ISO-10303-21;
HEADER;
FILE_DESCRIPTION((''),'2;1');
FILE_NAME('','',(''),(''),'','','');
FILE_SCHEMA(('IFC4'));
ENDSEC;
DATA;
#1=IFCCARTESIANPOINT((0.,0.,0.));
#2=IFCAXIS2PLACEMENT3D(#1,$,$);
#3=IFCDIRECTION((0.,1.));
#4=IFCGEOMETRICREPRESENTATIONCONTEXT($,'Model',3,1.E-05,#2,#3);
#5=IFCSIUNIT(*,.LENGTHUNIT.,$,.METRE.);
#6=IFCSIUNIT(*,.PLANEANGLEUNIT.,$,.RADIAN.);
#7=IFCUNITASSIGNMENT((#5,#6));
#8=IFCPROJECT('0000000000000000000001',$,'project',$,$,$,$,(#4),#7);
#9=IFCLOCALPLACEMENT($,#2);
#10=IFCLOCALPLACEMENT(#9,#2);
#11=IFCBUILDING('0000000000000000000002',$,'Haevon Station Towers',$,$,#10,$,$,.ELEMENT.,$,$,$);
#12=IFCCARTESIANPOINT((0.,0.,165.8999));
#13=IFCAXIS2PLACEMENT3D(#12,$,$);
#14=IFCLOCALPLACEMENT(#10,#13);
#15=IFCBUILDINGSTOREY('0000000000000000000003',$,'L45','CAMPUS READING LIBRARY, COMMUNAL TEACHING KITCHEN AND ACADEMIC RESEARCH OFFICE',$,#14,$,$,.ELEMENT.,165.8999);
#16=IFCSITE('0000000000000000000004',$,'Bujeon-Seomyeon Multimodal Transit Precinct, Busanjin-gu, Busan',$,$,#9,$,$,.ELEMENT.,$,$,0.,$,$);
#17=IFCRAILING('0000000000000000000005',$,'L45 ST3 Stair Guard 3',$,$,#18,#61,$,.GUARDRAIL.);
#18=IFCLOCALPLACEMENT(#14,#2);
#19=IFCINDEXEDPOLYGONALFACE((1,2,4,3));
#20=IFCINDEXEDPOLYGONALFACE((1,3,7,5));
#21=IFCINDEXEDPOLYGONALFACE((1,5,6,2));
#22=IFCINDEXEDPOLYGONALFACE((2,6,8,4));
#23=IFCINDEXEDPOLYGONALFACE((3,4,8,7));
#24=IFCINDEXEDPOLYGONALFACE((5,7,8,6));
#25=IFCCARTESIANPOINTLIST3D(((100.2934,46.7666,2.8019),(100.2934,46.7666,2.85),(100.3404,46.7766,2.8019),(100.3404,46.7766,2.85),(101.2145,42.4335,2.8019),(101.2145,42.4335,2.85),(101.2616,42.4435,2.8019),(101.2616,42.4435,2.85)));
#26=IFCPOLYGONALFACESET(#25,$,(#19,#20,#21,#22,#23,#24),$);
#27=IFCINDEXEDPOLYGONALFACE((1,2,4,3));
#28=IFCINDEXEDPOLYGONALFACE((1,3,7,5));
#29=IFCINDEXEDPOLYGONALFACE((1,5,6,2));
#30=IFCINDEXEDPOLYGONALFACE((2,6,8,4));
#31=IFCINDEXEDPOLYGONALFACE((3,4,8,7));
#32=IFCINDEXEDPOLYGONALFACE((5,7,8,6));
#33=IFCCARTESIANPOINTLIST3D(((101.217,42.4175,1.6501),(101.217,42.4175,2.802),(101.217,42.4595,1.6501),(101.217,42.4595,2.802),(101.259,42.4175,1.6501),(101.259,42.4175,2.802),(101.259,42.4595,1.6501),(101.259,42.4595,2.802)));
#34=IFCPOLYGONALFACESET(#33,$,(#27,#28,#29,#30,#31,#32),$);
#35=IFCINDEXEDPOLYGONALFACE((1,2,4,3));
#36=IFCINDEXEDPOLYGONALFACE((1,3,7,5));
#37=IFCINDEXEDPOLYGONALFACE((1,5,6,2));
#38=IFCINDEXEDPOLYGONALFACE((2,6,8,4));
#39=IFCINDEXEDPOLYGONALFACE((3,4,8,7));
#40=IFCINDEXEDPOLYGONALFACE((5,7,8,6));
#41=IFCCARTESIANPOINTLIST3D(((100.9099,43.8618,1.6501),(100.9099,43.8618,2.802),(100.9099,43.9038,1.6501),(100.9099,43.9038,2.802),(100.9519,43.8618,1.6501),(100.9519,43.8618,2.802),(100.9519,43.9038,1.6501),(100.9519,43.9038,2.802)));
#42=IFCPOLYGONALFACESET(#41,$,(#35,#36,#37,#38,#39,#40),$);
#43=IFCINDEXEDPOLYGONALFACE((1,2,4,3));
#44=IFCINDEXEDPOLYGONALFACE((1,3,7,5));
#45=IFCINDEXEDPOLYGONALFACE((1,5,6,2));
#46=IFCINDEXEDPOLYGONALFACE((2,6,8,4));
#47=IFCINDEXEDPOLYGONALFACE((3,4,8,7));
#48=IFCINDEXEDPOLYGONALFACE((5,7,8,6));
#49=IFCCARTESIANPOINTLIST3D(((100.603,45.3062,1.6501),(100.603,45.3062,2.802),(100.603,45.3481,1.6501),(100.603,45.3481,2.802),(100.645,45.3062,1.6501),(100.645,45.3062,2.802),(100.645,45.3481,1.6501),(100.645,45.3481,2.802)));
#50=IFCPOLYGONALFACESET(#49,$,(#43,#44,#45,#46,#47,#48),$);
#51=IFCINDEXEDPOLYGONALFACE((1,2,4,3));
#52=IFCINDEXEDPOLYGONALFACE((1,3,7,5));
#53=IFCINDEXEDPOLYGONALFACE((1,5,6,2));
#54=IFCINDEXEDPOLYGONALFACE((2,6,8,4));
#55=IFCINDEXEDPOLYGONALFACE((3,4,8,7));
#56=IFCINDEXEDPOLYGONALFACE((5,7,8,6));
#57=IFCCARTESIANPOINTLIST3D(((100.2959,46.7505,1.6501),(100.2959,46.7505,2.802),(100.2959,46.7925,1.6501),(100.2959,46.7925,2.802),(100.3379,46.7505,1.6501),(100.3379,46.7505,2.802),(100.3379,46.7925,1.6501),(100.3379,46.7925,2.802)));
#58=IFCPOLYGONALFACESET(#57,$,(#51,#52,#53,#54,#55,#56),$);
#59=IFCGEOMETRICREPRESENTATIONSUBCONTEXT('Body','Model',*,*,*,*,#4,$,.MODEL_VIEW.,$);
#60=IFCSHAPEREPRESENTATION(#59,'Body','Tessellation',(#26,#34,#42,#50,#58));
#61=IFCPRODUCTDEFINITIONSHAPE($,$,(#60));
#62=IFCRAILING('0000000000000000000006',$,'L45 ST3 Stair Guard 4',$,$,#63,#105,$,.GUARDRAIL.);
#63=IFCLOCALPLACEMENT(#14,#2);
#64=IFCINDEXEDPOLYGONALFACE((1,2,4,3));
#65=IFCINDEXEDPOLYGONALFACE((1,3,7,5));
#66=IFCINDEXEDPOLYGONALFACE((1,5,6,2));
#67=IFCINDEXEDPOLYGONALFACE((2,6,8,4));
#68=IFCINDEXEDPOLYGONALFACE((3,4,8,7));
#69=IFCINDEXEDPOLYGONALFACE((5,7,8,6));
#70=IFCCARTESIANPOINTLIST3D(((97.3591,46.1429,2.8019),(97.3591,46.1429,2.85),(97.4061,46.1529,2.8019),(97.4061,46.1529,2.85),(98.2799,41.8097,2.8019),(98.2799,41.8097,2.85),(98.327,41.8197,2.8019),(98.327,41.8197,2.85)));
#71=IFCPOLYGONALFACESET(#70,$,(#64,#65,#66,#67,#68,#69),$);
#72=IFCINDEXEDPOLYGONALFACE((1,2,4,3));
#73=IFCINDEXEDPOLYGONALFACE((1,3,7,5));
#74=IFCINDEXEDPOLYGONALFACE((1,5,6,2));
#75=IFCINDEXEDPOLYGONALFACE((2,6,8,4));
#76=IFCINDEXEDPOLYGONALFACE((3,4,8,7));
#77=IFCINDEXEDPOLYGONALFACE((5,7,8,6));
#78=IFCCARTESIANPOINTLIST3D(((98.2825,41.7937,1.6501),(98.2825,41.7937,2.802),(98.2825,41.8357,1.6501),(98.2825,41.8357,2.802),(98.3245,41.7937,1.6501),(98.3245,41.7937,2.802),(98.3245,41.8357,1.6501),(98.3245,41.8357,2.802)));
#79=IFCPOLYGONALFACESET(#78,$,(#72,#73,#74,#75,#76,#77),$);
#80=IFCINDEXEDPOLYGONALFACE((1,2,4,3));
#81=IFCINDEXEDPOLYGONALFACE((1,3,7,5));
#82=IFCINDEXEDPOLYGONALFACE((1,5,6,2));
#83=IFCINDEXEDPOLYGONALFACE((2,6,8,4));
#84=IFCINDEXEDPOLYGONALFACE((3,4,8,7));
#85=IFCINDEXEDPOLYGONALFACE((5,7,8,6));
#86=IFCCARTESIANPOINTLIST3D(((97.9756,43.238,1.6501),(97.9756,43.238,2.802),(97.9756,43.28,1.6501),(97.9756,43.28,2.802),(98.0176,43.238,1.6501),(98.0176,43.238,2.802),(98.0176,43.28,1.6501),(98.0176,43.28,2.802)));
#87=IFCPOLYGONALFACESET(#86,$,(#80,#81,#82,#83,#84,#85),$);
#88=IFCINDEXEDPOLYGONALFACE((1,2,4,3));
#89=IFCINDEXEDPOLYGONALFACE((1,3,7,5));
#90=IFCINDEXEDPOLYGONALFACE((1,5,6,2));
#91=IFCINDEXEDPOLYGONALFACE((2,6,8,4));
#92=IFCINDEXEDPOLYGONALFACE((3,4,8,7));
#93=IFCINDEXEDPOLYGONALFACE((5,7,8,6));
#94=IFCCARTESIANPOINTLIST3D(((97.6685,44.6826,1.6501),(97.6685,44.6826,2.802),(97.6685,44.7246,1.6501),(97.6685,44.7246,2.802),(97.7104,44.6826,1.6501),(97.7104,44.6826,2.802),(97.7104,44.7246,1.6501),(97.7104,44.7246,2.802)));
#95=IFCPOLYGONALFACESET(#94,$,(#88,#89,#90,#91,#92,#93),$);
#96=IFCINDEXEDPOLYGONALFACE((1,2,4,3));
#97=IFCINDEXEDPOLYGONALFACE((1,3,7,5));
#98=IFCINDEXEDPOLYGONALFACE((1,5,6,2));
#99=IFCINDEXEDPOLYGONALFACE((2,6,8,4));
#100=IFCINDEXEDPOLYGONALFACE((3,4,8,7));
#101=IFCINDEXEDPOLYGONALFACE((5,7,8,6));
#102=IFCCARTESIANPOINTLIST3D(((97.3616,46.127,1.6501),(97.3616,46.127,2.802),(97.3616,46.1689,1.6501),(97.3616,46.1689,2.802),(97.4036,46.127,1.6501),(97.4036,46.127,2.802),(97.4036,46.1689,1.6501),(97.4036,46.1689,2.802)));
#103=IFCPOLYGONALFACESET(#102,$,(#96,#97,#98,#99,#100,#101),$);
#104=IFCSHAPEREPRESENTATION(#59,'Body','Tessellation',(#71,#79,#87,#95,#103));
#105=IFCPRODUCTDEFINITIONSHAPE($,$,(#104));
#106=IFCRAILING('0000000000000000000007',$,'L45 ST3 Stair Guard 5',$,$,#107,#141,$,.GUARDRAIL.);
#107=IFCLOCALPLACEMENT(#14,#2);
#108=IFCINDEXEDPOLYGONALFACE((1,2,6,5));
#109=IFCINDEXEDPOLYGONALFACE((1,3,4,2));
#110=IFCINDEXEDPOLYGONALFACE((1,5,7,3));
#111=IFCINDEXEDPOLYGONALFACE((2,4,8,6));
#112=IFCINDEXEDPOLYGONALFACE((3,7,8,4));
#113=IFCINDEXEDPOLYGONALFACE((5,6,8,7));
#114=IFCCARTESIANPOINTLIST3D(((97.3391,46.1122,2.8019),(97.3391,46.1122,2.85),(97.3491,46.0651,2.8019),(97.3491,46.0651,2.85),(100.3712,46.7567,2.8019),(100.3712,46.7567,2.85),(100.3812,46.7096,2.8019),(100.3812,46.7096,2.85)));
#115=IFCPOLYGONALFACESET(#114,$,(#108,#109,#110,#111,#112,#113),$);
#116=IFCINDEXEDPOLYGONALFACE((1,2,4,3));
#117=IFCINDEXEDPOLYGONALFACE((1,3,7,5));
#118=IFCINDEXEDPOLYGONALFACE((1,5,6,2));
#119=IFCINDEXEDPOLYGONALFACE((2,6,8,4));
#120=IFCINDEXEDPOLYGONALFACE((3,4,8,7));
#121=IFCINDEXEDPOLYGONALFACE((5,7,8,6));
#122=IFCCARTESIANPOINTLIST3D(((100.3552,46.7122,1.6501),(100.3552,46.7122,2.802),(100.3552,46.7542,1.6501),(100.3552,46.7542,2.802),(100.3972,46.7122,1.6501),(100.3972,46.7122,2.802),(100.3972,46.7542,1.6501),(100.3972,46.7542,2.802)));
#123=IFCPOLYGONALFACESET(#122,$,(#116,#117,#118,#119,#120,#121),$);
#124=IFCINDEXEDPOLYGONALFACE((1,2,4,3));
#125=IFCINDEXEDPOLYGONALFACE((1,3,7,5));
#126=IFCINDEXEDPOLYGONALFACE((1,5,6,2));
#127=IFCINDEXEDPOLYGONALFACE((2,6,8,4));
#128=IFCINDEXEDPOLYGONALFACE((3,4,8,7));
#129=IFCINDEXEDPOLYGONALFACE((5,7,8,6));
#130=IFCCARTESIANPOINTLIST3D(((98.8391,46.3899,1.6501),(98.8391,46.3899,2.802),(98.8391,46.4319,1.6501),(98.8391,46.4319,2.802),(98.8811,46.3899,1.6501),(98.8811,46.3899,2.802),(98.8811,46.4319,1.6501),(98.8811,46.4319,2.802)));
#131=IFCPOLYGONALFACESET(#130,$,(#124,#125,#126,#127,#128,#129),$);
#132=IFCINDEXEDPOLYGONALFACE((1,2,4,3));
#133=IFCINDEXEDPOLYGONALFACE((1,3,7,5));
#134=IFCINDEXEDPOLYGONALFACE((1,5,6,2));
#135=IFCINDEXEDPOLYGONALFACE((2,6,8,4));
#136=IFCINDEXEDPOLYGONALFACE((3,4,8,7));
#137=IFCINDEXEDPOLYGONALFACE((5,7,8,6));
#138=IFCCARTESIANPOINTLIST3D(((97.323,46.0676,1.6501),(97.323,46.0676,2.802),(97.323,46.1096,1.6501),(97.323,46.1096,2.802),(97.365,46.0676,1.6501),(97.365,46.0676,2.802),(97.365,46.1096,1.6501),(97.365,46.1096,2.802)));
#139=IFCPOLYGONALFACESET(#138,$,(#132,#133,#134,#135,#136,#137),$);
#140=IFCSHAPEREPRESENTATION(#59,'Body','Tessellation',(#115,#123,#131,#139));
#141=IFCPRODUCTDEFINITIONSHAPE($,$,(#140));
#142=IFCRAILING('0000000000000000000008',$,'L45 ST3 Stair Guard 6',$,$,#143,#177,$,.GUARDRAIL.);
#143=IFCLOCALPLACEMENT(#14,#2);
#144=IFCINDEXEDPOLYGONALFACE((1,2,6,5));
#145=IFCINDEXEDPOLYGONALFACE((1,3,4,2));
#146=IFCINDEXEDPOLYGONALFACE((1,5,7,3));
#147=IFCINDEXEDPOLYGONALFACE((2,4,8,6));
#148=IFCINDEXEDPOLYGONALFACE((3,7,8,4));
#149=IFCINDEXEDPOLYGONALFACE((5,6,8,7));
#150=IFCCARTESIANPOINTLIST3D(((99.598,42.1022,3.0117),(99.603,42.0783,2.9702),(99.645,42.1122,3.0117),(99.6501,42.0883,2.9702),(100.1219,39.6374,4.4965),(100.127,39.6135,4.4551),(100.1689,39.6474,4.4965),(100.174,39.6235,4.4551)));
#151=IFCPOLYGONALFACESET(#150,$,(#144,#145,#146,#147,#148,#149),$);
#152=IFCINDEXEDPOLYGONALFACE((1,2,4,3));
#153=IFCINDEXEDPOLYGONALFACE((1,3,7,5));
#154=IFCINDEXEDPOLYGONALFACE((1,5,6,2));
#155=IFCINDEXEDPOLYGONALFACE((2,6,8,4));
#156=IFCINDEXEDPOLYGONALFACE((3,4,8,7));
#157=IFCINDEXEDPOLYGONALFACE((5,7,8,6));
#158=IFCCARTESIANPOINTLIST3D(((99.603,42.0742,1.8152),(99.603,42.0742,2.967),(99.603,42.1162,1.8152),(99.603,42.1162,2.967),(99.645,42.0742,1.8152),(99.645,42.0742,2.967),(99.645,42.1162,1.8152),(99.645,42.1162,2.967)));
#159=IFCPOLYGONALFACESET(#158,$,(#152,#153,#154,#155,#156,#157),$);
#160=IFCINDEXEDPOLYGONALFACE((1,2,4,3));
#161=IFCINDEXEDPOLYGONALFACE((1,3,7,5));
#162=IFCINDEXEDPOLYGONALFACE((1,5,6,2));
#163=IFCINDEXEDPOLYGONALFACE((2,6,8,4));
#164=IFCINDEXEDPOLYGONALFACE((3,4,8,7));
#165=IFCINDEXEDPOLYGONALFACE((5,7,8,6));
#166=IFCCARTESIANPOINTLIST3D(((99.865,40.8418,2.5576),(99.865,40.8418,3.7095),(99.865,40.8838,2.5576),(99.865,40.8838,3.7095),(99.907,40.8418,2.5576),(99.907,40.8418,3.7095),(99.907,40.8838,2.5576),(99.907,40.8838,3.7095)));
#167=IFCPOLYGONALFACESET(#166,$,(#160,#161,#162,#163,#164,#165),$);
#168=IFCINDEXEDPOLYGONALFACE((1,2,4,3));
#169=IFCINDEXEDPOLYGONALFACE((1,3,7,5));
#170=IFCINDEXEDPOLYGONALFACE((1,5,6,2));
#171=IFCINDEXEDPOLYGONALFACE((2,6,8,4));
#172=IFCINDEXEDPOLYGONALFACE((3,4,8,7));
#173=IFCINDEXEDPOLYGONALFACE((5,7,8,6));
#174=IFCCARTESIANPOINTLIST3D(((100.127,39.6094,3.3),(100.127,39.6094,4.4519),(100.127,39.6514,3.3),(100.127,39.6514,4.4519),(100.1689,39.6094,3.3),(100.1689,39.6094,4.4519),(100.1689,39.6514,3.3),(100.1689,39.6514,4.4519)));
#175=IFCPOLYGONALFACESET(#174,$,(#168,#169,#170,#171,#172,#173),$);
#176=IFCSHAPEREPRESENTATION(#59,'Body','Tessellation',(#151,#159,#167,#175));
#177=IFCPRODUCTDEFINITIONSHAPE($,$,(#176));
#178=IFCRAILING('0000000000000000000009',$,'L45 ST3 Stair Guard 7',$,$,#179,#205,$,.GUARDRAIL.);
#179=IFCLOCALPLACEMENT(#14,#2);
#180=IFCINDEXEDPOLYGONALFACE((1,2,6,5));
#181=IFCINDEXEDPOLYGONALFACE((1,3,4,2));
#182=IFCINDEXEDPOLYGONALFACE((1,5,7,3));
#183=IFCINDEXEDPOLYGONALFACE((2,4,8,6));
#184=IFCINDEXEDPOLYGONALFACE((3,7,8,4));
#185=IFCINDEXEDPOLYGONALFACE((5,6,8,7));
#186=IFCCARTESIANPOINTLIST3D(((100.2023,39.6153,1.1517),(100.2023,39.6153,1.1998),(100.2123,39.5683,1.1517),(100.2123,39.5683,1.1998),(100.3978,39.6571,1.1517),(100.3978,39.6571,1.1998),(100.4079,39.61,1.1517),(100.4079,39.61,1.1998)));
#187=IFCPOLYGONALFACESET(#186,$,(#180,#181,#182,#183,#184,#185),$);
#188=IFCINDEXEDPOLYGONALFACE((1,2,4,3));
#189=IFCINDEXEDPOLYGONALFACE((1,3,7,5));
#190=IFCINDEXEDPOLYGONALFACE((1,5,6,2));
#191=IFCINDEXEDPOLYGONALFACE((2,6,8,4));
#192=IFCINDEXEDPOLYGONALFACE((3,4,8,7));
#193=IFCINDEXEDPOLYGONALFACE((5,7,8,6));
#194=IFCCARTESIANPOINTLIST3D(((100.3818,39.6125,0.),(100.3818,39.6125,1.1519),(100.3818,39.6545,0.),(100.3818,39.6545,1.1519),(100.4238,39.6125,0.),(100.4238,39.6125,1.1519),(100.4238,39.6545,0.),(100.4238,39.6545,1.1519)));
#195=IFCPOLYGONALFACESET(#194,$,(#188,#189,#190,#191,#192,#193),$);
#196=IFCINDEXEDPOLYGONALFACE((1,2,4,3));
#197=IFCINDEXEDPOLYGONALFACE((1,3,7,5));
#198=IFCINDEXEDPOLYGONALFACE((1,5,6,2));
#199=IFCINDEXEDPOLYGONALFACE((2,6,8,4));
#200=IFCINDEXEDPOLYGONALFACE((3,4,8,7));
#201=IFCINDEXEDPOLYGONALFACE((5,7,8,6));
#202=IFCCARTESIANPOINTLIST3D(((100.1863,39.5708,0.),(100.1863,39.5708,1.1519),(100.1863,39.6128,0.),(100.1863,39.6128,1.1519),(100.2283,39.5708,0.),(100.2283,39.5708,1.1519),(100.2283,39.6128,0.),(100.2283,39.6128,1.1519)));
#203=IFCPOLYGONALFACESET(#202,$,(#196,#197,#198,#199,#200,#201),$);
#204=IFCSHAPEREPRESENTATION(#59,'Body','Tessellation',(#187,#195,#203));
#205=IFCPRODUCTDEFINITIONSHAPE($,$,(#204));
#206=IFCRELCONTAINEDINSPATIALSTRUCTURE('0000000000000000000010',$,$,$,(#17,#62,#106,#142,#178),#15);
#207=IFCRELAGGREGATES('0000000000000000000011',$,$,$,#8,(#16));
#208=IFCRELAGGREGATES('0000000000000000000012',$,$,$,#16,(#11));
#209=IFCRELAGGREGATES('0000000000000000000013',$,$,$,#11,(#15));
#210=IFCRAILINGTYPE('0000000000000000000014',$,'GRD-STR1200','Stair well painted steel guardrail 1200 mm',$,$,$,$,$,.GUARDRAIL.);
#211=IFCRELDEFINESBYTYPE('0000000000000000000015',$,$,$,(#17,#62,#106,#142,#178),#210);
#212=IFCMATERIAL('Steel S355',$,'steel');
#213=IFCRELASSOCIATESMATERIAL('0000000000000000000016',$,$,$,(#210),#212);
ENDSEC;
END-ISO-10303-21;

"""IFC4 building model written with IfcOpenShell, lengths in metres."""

from ifc_helpers import new_model, si_unit, direction, frame, origin, origin_2d, place, context, subcontext, project, spatial, rectangle, extrude, material, type_object, element, save


model = new_model("IFC4")

# Units and contexts
model_context = context("Model", 3, precision=1e-05, world=origin(), true_north=direction((0.0, 1.0)))
body_context = subcontext(model_context, "Body", "Model", "MODEL_VIEW")
ifc_project = project(units=[si_unit("LENGTHUNIT", "METRE"), si_unit("PLANEANGLEUNIT", "RADIAN")], contexts=[model_context])

# Site, building, storey
site_placement = place(None, origin())
site = spatial("IfcSite", under=ifc_project, at=site_placement, Name="Bujeon-Seomyeon Multimodal Transit Precinct, Busanjin-gu, Busan", CompositionType="ELEMENT", RefElevation=0.0)
building_placement = place(site_placement, origin())
building = spatial("IfcBuilding", under=site, at=building_placement, Name="Haevon Station Towers", CompositionType="ELEMENT")
storey_placement = place(building_placement, frame((0.0, 0.0, 165.8999)))
storey = spatial("IfcBuildingStorey", under=building, at=storey_placement, Name="L45", Description="CAMPUS READING LIBRARY, COMMUNAL TEACHING KITCHEN AND ACADEMIC RESEARCH OFFICE", CompositionType="ELEMENT", Elevation=165.8999)

# Shared definitions
ifc_material_1 = material(Name="Steel S355", Category="steel")

# Railings
railing_type_1 = type_object("IfcRailingType", Name="GRD-STR1200", Description="Stair well painted steel guardrail 1200 mm", PredefinedType="GUARDRAIL", material=ifc_material_1)
railing_1_placement = place(storey_placement, frame((101.238, 42.4385, 1.6501)))
element("IfcRailing", 1, at=railing_1_placement, inside=storey, type_object=railing_type_1, Name="L45 ST3 Stair Guard 3", PredefinedType="GUARDRAIL", context=body_context, shape_type="SweptSolid", body=[
    extrude(rectangle(XDim=0.0481, YDim=0.0481, at=origin_2d()), frame((0.0, 0.0, 1.1758), z_axis=(-0.20794, 0.978141, 0.0), x_axis=(-0.978141, -0.20794, 0.0)), (0.0, 0.0, 1.0), 4.4299),
    extrude(rectangle(XDim=0.042, YDim=0.042, at=origin_2d()), origin(), (0.0, 0.0, 1.0), 1.1519),
    extrude(rectangle(XDim=0.042, YDim=0.042, at=origin_2d()), frame((-0.3071, 1.4443, 0.0)), (0.0, 0.0, 1.0), 1.1519),
    extrude(rectangle(XDim=0.042, YDim=0.042, at=origin_2d()), frame((-0.614, 2.8887, 0.0)), (0.0, 0.0, 1.0), 1.1519),
    extrude(rectangle(XDim=0.042, YDim=0.042, at=origin_2d()), frame((-0.9211, 4.333, 0.0)), (0.0, 0.0, 1.0), 1.1519),
])
railing_2_placement = place(storey_placement, frame((98.3035, 41.8147, 1.6501)))
element("IfcRailing", 2, at=railing_2_placement, inside=storey, type_object=railing_type_1, Name="L45 ST3 Stair Guard 4", PredefinedType="GUARDRAIL", context=body_context, shape_type="SweptSolid", body=[
    extrude(rectangle(XDim=0.0481, YDim=0.0481, at=origin_2d()), frame((0.0, 0.0, 1.1758), z_axis=(-0.207877, 0.978155, 0.0), x_axis=(-0.978155, -0.207877, 0.0)), (0.0, 0.0, 1.0), 4.4299),
    extrude(rectangle(XDim=0.042, YDim=0.042, at=origin_2d()), origin(), (0.0, 0.0, 1.0), 1.1519),
    extrude(rectangle(XDim=0.042, YDim=0.042, at=origin_2d()), frame((-0.3069, 1.4443, 0.0)), (0.0, 0.0, 1.0), 1.1519),
    extrude(rectangle(XDim=0.042, YDim=0.042, at=origin_2d()), frame((-0.614, 2.8889, 0.0)), (0.0, 0.0, 1.0), 1.1519),
    extrude(rectangle(XDim=0.042, YDim=0.042, at=origin_2d()), frame((-0.9209, 4.3333, 0.0)), (0.0, 0.0, 1.0), 1.1519),
])
railing_3_placement = place(storey_placement, frame((100.3762, 46.7332, 1.6501)))
element("IfcRailing", 3, at=railing_3_placement, inside=storey, type_object=railing_type_1, Name="L45 ST3 Stair Guard 5", PredefinedType="GUARDRAIL", context=body_context, shape_type="SweptSolid", body=[
    extrude(rectangle(XDim=0.0481, YDim=0.0481, at=origin_2d()), frame((0.0, 0.0, 1.1758), z_axis=(-0.978147, -0.207915, 0.0), x_axis=(0.207915, -0.978147, 0.0)), (0.0, 0.0, 1.0), 3.0999),
    extrude(rectangle(XDim=0.042, YDim=0.042, at=origin_2d()), origin(), (0.0, 0.0, 1.0), 1.1519),
    extrude(rectangle(XDim=0.042, YDim=0.042, at=origin_2d()), frame((-1.5161, -0.3223, 0.0)), (0.0, 0.0, 1.0), 1.1519),
    extrude(rectangle(XDim=0.042, YDim=0.042, at=origin_2d()), frame((-3.0322, -0.6445, 0.0)), (0.0, 0.0, 1.0), 1.1519),
])
railing_4_placement = place(storey_placement, frame((99.624, 42.0952, 1.8152)))
element("IfcRailing", 4, at=railing_4_placement, inside=storey, type_object=railing_type_1, Name="L45 ST3 Stair Guard 6", PredefinedType="GUARDRAIL", context=body_context, shape_type="SweptSolid", body=[
    extrude(rectangle(XDim=0.0481, YDim=0.0481, at=origin_2d()), frame((0.0, 0.0, 1.1758), z_axis=(0.179129, -0.842724, 0.507671), x_axis=(0.978147, 0.207914, 0.0)), (0.0, 0.0, 1.0), 2.9248),
    extrude(rectangle(XDim=0.042, YDim=0.042, at=origin_2d()), origin(), (0.0, 0.0, 1.0), 1.1519),
    extrude(rectangle(XDim=0.042, YDim=0.042, at=origin_2d()), frame((0.262, -1.2324, 0.7424)), (0.0, 0.0, 1.0), 1.1519),
    extrude(rectangle(XDim=0.042, YDim=0.042, at=origin_2d()), frame((0.5239, -2.4648, 1.4849)), (0.0, 0.0, 1.0), 1.1519),
])
railing_5_placement = place(storey_placement, frame((100.4028, 39.6335, 0.0)))
element("IfcRailing", 5, at=railing_5_placement, inside=storey, type_object=railing_type_1, Name="L45 ST3 Stair Guard 7", PredefinedType="GUARDRAIL", context=body_context, shape_type="SweptSolid", body=[
    extrude(rectangle(XDim=0.0481, YDim=0.0481, at=origin_2d()), frame((0.0, 0.0, 1.1758), z_axis=(-0.977963, -0.208779, 0.0), x_axis=(0.208779, -0.977963, 0.0)), (0.0, 0.0, 1.0), 0.2),
    extrude(rectangle(XDim=0.042, YDim=0.042, at=origin_2d()), origin(), (0.0, 0.0, 1.0), 1.1519),
    extrude(rectangle(XDim=0.042, YDim=0.042, at=origin_2d()), frame((-0.1956, -0.0417, 0.0)), (0.0, 0.0, 1.0), 1.1519),
])

save(model, "model.ifc")
